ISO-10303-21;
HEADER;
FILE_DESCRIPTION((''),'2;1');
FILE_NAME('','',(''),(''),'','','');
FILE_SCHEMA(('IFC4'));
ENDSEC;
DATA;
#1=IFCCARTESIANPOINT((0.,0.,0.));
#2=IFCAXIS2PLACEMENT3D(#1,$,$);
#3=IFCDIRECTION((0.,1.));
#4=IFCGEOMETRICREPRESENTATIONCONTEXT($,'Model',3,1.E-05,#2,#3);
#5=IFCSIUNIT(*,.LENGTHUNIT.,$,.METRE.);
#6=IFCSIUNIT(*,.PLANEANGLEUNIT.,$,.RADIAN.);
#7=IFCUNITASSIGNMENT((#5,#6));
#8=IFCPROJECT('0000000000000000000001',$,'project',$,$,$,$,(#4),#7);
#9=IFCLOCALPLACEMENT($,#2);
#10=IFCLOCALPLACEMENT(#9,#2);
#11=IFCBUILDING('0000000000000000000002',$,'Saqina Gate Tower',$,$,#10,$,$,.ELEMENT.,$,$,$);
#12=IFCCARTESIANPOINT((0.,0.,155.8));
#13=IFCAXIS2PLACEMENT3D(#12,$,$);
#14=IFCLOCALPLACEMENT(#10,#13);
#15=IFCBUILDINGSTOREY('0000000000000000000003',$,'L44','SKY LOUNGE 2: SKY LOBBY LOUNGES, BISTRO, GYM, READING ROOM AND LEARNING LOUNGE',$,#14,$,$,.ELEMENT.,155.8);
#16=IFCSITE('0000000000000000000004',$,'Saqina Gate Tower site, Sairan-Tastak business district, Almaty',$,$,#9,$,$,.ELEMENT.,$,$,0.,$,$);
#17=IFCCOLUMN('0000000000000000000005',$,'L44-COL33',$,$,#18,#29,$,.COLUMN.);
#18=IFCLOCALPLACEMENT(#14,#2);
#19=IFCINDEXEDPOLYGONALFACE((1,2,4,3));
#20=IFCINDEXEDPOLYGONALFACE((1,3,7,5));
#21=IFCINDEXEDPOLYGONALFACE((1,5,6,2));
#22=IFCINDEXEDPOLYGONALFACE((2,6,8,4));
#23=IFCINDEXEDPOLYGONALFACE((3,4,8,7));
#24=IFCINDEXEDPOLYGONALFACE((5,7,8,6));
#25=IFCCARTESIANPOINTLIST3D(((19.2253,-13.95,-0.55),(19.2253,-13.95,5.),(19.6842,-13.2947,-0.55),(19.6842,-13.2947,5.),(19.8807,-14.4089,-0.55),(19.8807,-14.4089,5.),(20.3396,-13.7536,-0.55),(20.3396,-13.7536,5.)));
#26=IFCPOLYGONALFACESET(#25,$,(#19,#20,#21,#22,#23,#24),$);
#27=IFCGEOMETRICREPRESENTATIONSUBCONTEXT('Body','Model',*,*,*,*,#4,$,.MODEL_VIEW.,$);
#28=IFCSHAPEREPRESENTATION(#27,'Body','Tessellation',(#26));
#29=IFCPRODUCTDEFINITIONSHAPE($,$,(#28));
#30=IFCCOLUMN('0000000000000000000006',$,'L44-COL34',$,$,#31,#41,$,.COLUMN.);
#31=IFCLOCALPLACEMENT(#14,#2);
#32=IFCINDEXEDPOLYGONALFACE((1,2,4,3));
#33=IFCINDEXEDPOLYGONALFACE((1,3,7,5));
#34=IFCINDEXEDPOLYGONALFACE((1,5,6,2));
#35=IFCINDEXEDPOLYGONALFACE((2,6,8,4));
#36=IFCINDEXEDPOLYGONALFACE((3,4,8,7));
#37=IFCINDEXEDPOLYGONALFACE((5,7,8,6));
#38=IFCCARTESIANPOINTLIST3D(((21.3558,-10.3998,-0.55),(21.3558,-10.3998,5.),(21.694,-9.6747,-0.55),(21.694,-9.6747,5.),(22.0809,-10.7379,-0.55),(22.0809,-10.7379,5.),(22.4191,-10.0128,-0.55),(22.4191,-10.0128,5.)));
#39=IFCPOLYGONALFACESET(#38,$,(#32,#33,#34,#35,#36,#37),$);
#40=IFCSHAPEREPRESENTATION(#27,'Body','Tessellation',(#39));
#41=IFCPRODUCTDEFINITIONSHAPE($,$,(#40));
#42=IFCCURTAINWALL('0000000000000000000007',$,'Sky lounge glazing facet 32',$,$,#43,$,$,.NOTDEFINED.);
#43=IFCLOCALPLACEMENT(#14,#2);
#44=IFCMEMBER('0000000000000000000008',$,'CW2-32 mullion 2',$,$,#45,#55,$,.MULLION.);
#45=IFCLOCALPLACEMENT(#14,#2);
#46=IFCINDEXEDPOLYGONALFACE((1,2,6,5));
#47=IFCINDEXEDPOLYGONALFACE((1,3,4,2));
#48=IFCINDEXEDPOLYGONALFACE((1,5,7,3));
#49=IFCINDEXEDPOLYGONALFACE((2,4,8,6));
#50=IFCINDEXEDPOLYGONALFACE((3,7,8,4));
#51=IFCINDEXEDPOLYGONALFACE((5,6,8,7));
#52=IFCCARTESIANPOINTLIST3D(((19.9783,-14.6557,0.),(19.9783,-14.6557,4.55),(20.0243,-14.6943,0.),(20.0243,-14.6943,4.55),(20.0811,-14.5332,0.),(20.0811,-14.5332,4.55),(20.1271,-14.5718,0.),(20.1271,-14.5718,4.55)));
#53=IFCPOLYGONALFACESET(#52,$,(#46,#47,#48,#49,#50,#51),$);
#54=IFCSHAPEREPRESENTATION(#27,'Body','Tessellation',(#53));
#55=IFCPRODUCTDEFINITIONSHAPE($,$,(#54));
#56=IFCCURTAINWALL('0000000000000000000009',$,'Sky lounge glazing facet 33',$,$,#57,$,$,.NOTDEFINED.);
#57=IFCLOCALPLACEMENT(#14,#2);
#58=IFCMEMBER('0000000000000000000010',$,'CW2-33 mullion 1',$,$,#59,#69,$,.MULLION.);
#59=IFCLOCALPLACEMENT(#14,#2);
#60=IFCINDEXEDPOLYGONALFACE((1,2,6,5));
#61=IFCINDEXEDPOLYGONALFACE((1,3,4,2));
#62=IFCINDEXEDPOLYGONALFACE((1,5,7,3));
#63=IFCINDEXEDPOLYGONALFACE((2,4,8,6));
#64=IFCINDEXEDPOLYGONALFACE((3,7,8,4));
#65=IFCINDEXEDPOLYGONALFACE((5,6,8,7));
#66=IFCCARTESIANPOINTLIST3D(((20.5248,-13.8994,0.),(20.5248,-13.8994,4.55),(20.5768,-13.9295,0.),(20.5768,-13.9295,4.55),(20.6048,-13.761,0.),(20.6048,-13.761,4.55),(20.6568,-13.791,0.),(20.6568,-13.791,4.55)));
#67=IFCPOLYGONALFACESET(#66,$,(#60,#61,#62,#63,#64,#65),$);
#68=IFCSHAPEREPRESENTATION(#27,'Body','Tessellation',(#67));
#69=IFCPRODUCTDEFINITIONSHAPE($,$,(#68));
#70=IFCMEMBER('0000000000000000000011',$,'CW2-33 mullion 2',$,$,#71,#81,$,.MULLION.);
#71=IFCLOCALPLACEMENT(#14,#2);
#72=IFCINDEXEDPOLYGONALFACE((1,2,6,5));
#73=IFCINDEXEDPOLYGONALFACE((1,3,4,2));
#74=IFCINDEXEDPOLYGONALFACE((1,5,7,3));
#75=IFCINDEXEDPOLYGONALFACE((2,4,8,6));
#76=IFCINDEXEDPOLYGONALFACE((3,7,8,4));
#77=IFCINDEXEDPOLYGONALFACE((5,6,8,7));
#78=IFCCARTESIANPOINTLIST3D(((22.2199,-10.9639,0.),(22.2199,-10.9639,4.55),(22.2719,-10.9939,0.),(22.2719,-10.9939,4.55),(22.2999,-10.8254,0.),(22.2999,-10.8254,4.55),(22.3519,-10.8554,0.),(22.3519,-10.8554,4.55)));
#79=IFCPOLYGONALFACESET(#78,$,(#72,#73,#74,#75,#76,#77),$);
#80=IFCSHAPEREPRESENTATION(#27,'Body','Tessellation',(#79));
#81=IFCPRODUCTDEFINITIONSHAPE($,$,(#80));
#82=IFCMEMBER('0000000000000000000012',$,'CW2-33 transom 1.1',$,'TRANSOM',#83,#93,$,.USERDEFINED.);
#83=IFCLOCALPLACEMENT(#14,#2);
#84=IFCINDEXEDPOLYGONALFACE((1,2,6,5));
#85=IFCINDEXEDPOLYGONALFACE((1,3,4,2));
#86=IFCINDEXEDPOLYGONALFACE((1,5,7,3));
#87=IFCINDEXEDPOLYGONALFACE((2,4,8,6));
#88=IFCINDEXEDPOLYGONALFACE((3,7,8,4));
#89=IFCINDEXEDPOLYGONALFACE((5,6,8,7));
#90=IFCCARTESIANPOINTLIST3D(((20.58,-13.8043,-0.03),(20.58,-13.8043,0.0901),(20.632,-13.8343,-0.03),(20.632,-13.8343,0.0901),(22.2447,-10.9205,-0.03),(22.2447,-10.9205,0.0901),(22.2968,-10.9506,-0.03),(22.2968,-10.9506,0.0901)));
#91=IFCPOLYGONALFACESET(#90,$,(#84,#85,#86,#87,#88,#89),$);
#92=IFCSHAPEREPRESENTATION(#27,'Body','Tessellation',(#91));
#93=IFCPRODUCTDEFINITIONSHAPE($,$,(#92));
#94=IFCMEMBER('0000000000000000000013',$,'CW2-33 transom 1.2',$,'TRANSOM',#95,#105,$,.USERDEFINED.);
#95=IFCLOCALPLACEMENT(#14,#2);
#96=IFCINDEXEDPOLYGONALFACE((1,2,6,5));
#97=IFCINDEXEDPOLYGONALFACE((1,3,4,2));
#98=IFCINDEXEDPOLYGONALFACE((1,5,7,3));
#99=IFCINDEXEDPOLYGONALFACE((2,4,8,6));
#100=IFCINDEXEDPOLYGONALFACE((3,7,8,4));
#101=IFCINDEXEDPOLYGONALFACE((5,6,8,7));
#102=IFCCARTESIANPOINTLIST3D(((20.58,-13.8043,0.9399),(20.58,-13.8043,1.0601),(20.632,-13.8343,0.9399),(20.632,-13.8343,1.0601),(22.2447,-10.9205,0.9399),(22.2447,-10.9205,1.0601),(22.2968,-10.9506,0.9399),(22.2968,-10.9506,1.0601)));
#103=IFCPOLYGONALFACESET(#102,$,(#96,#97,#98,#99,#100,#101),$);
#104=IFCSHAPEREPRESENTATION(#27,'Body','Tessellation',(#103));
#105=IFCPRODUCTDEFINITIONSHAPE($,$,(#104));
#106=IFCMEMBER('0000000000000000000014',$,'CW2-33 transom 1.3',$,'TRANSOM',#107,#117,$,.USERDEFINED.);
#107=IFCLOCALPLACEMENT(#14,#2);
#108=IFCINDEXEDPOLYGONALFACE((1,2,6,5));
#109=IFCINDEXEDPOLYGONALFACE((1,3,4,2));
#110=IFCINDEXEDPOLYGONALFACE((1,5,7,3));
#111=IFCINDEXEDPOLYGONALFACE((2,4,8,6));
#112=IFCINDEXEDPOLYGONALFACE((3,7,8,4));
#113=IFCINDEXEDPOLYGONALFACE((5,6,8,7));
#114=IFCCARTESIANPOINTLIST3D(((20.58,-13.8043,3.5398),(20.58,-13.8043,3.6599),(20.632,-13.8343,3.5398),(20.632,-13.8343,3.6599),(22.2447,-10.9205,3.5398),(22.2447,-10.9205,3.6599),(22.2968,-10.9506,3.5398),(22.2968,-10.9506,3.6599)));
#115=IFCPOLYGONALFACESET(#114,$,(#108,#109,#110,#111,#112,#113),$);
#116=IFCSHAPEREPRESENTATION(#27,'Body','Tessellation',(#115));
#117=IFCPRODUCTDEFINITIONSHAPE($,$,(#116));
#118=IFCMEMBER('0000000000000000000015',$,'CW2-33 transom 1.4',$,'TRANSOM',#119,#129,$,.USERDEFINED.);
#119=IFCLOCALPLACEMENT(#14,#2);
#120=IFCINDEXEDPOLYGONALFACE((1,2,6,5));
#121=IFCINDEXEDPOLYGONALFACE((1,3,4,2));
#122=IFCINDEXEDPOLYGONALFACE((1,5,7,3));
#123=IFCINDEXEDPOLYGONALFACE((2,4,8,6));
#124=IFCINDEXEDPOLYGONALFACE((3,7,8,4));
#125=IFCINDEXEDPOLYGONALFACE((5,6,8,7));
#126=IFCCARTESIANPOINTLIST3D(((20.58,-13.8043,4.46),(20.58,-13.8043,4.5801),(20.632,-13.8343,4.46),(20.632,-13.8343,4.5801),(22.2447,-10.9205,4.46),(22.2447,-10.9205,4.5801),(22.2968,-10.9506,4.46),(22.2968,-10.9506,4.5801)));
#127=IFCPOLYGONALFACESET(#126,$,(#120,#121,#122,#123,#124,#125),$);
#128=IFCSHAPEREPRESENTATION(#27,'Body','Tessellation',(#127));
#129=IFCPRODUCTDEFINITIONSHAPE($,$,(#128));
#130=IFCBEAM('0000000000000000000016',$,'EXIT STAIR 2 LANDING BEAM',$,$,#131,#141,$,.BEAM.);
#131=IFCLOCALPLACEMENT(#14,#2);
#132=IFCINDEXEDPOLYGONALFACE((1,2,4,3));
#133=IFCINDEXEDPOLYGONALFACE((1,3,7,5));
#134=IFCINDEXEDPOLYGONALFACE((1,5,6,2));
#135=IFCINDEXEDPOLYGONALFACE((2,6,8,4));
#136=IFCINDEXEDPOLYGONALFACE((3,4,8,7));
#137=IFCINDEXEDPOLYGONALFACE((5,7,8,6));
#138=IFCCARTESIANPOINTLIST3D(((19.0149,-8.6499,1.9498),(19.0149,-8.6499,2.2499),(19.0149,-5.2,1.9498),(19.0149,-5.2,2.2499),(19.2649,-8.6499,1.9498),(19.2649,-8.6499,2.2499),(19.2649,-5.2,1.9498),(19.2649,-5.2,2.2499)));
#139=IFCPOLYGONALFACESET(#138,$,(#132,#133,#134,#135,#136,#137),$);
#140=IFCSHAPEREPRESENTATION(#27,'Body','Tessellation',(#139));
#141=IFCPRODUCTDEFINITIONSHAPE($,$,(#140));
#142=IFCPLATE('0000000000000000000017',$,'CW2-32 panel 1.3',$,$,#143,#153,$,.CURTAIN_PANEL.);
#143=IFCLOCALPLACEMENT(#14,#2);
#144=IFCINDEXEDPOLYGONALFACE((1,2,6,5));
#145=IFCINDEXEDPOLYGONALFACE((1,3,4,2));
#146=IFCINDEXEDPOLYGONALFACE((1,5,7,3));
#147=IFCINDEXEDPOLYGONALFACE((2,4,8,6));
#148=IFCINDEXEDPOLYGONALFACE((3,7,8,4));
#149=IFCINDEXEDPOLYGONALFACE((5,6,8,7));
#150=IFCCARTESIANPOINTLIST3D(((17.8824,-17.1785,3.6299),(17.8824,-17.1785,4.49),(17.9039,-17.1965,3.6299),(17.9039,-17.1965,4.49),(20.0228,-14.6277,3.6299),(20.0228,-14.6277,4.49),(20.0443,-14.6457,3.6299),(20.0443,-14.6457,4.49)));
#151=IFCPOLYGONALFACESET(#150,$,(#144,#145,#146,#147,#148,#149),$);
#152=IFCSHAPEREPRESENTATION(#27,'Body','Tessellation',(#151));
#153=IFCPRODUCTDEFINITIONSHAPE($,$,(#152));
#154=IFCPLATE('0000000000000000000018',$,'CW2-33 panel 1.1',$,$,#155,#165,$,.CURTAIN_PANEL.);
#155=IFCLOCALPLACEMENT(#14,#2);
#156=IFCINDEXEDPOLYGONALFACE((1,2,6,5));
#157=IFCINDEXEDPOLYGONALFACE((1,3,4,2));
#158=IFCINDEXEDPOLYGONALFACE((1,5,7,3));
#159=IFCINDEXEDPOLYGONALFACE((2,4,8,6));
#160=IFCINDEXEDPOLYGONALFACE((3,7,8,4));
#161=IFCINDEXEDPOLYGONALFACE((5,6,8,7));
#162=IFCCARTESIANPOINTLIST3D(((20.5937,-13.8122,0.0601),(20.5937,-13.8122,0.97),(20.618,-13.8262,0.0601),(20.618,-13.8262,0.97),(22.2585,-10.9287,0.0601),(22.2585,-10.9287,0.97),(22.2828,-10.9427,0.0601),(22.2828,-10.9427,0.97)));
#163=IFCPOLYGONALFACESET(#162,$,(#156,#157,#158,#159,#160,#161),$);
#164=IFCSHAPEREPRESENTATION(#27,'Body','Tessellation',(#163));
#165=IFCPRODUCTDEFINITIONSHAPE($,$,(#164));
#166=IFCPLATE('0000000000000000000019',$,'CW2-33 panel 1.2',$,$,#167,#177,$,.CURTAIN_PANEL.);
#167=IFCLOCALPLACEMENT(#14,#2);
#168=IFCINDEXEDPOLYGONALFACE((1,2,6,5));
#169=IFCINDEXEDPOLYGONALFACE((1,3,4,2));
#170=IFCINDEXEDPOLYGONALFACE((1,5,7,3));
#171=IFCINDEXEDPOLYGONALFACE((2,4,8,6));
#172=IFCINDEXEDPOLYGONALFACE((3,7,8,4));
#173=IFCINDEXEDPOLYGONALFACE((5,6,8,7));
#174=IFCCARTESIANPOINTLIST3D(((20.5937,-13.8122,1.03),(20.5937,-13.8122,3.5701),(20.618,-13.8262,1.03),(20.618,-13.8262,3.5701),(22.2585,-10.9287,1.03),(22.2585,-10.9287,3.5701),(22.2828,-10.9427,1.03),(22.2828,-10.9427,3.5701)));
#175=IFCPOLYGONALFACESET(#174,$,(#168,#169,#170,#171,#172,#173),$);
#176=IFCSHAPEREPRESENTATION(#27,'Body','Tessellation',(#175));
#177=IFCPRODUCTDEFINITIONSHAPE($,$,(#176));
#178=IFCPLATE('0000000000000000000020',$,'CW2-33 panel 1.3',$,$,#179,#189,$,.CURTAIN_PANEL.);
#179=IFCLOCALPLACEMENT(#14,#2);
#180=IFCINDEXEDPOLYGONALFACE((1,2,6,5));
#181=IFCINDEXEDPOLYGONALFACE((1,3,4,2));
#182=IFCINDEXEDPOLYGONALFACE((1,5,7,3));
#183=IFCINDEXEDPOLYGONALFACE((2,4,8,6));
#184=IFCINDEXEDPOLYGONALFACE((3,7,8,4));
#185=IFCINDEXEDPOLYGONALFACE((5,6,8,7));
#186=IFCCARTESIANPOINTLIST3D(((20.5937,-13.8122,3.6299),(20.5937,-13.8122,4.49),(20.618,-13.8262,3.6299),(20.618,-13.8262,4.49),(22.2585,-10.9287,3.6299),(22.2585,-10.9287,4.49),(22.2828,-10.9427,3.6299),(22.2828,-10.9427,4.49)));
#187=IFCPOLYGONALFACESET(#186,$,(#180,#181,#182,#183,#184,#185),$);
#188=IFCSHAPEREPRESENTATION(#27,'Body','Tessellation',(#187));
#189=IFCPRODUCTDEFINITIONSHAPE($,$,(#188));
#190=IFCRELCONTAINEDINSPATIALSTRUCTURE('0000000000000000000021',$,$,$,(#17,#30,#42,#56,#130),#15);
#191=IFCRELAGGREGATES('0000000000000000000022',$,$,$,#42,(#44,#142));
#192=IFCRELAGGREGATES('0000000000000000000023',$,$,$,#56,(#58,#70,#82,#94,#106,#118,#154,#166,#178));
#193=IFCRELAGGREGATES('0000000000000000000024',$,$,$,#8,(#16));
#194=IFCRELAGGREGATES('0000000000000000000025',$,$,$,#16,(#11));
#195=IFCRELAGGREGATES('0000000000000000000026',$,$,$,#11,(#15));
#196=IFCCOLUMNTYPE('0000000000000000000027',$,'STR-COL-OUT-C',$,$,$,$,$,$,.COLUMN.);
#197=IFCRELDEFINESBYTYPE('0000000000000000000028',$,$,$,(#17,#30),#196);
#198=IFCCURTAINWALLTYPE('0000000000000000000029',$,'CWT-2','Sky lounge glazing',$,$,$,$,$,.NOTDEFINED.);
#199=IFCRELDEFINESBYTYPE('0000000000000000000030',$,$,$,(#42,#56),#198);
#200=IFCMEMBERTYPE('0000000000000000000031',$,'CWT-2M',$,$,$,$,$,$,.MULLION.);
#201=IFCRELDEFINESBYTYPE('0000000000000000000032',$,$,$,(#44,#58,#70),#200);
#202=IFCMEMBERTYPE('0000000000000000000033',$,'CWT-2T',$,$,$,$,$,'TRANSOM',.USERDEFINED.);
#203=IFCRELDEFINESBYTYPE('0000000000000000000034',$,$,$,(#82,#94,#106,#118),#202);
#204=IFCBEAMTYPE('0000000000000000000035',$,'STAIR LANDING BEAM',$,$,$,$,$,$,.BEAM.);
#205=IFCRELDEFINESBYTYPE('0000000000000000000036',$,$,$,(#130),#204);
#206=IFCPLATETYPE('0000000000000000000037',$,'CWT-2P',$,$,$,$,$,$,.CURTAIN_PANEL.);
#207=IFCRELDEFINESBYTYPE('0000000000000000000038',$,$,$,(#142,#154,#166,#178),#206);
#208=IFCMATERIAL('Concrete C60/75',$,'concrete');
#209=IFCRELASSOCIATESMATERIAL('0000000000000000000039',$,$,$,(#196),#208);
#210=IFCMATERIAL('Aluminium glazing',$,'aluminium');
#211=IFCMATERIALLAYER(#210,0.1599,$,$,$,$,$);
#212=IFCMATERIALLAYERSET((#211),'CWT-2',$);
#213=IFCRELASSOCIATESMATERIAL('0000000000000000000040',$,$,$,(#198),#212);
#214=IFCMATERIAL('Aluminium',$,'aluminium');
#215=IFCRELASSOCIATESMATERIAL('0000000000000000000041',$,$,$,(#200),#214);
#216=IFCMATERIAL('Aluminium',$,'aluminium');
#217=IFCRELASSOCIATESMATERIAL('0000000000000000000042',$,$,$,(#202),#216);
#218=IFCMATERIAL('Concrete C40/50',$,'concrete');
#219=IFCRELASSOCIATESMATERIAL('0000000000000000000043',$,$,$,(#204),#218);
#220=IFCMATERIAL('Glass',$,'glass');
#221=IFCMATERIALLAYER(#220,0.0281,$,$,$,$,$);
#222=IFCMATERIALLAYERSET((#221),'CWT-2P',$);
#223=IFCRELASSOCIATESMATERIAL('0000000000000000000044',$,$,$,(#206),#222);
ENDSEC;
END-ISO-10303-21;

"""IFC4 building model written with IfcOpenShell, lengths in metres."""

from ifc_helpers import new_model, si_unit, direction, frame, origin, origin_2d, place, context, subcontext, project, spatial, rectangle, extrude, material, layer, layer_set, material_profile, profile_set, type_object, element, aggregate, save


model = new_model("IFC4")

# Units and contexts
model_context = context("Model", 3, precision=1e-05, world=origin(), true_north=direction((0.0, 1.0)))
body_context = subcontext(model_context, "Body", "Model", "MODEL_VIEW")
ifc_project = project(units=[si_unit("LENGTHUNIT", "METRE"), si_unit("PLANEANGLEUNIT", "RADIAN")], contexts=[model_context])

# Site, building, storey
site_placement = place(None, origin())
site = spatial("IfcSite", under=ifc_project, at=site_placement, Name="Saqina Gate Tower site, Sairan-Tastak business district, Almaty", CompositionType="ELEMENT", RefElevation=0.0)
building_placement = place(site_placement, origin())
building = spatial("IfcBuilding", under=site, at=building_placement, Name="Saqina Gate Tower", CompositionType="ELEMENT")
storey_placement = place(building_placement, frame((0.0, 0.0, 155.8)))
storey = spatial("IfcBuildingStorey", under=building, at=storey_placement, Name="L44", Description="SKY LOUNGE 2: SKY LOBBY LOUNGES, BISTRO, GYM, READING ROOM AND LEARNING LOUNGE", CompositionType="ELEMENT", Elevation=155.8)

# Columns
ifc_material_1 = material(Name="Concrete C60/75", Category="concrete")
ifc_material_profile_1 = material_profile(ifc_material_1, rectangle(XDim=0.8, YDim=0.8, at=origin_2d()), Name="RC 800x800")
ifc_profile_set_1 = profile_set([ifc_material_profile_1], Name="Concrete C60/75")
column_type = type_object("IfcColumnType", Name="STR-COL-OUT-C", PredefinedType="COLUMN", material=ifc_profile_set_1)
for number, where, z_axis, x_axis, name in (
    (1, (19.7825, -13.8518, -0.55), (0.0, 0.0, 1.0), (0.819152, -0.573576, 0.0), "L44-COL33"),
    (2, (21.8875, -10.2063, -0.55), (0.0, 0.0, 1.0), (0.906308, -0.422618, 0.0), "L44-COL34"),
):
    element("IfcColumn", number, at=place(storey_placement, frame(where, z_axis=z_axis, x_axis=x_axis)), inside=storey, type_object=column_type, Name=name, PredefinedType="COLUMN", context=body_context, shape_type="SweptSolid", body=[
        extrude(rectangle(XDim=0.8, YDim=0.8, at=origin_2d()), origin(), (0.0, 0.0, 1.0), 5.55),
    ])

# Curtain wall, member
ifc_material_2 = material(Name="Aluminium glazing", Category="aluminium")
ifc_layer_1 = layer(ifc_material_2, 0.1599)
ifc_layer_set_1 = layer_set([ifc_layer_1], Name="CWT-2")
curtain_wall_type = type_object("IfcCurtainWallType", Name="CWT-2", Description="Sky lounge glazing", PredefinedType="NOTDEFINED", material=ifc_layer_set_1)
curtain_wall_1_placement = place(storey_placement, origin())
curtain_wall_1 = element("IfcCurtainWall", 3, at=curtain_wall_1_placement, inside=storey, type_object=curtain_wall_type, Name="Sky lounge glazing facet 32", PredefinedType="NOTDEFINED")
ifc_material_3 = material(Name="Aluminium", Category="aluminium")
ifc_material_profile_2 = material_profile(ifc_material_3, rectangle(XDim=0.0601, YDim=0.1599, at=origin_2d()), Name="Aluminium 60x160")
ifc_profile_set_2 = profile_set([ifc_material_profile_2], Name="Aluminium")
member_type_1 = type_object("IfcMemberType", Name="CWT-2M", PredefinedType="MULLION", material=ifc_profile_set_2)
member_1_placement = place(storey_placement, frame((20.0527, -14.6138, 0.0), z_axis=(0.0, 0.0, 1.0), x_axis=(-0.766043, 0.64279, 0.0)))
member_1 = element("IfcMember", 4, at=member_1_placement, type_object=member_type_1, Name="CW2-32 mullion 2", PredefinedType="MULLION", context=body_context, shape_type="SweptSolid", body=[
    extrude(rectangle(XDim=0.0601, YDim=0.1599, at=origin_2d()), origin(), (0.0, 0.0, 1.0), 4.55),
])

# Curtain wall, members
curtain_wall_2_placement = place(storey_placement, origin())
curtain_wall_2 = element("IfcCurtainWall", 5, at=curtain_wall_2_placement, inside=storey, type_object=curtain_wall_type, Name="Sky lounge glazing facet 33", PredefinedType="NOTDEFINED")
member_2_placement = place(storey_placement, frame((20.5908, -13.8452, 0.0), z_axis=(0.0, 0.0, 1.0), x_axis=(-0.866017, 0.500014, 0.0)))
member_2 = element("IfcMember", 6, at=member_2_placement, type_object=member_type_1, Name="CW2-33 mullion 1", PredefinedType="MULLION", context=body_context, shape_type="SweptSolid", body=[
    extrude(rectangle(XDim=0.0601, YDim=0.1599, at=origin_2d()), origin(), (0.0, 0.0, 1.0), 4.55),
])
member_3_placement = place(storey_placement, frame((22.2859, -10.9097, 0.0), z_axis=(0.0, 0.0, 1.0), x_axis=(-0.866017, 0.500014, 0.0)))
member_3 = element("IfcMember", 7, at=member_3_placement, type_object=member_type_1, Name="CW2-33 mullion 2", PredefinedType="MULLION", context=body_context, shape_type="SweptSolid", body=[
    extrude(rectangle(XDim=0.0601, YDim=0.1599, at=origin_2d()), origin(), (0.0, 0.0, 1.0), 4.55),
])
ifc_material_4 = material(Name="Aluminium", Category="aluminium")
ifc_material_profile_3 = material_profile(ifc_material_4, rectangle(XDim=0.0601, YDim=0.1201, at=origin_2d()), Name="Aluminium 60x120")
ifc_profile_set_3 = profile_set([ifc_material_profile_3], Name="Aluminium")
member_type_2 = type_object("IfcMemberType", Name="CWT-2T", ElementType="TRANSOM", PredefinedType="USERDEFINED", material=ifc_profile_set_3)
member_4_placement = place(storey_placement, frame((20.606, -13.8193, 0.03), z_axis=(0.499964, 0.866046, 0.0), x_axis=(-0.866046, 0.499964, 0.0)))
member_4 = element("IfcMember", 8, at=member_4_placement, type_object=member_type_2, Name="CW2-33 transom 1.1", ObjectType="TRANSOM", PredefinedType="USERDEFINED", context=body_context, shape_type="SweptSolid", body=[
    extrude(rectangle(XDim=0.0601, YDim=0.1201, at=origin_2d()), origin(), (0.0, 0.0, 1.0), 3.3298),
])
member_5_placement = place(storey_placement, frame((20.606, -13.8193, 1.0), z_axis=(0.499964, 0.866046, 0.0), x_axis=(-0.866046, 0.499964, 0.0)))
member_5 = element("IfcMember", 9, at=member_5_placement, type_object=member_type_2, Name="CW2-33 transom 1.2", ObjectType="TRANSOM", PredefinedType="USERDEFINED", context=body_context, shape_type="SweptSolid", body=[
    extrude(rectangle(XDim=0.0601, YDim=0.1201, at=origin_2d()), origin(), (0.0, 0.0, 1.0), 3.3298),
])
member_6_placement = place(storey_placement, frame((20.606, -13.8193, 3.5999), z_axis=(0.499964, 0.866046, 0.0), x_axis=(-0.866046, 0.499964, 0.0)))
member_6 = element("IfcMember", 10, at=member_6_placement, type_object=member_type_2, Name="CW2-33 transom 1.3", ObjectType="TRANSOM", PredefinedType="USERDEFINED", context=body_context, shape_type="SweptSolid", body=[
    extrude(rectangle(XDim=0.0601, YDim=0.1201, at=origin_2d()), origin(), (0.0, 0.0, 1.0), 3.3298),
])
member_7_placement = place(storey_placement, frame((20.606, -13.8193, 4.52), z_axis=(0.499964, 0.866046, 0.0), x_axis=(-0.866046, 0.499964, 0.0)))
member_7 = element("IfcMember", 11, at=member_7_placement, type_object=member_type_2, Name="CW2-33 transom 1.4", ObjectType="TRANSOM", PredefinedType="USERDEFINED", context=body_context, shape_type="SweptSolid", body=[
    extrude(rectangle(XDim=0.0601, YDim=0.1201, at=origin_2d()), origin(), (0.0, 0.0, 1.0), 3.3298),
])

# Beam
ifc_material_5 = material(Name="Concrete C40/50", Category="concrete")
ifc_material_profile_4 = material_profile(ifc_material_5, rectangle(XDim=0.25, YDim=0.3, at=origin_2d()), Name="STAIR LANDING BEAM")
ifc_profile_set_4 = profile_set([ifc_material_profile_4], Name="Concrete C40/50")
beam_type = type_object("IfcBeamType", Name="STAIR LANDING BEAM", PredefinedType="BEAM", material=ifc_profile_set_4)
beam_placement = place(storey_placement, frame((19.1399, -8.6499, 2.0999), z_axis=(0.0, 1.0, 0.0), x_axis=(-1.0, 0.0, 0.0)))
element("IfcBeam", 12, at=beam_placement, inside=storey, type_object=beam_type, Name="EXIT STAIR 2 LANDING BEAM", PredefinedType="BEAM", context=body_context, shape_type="SweptSolid", body=[
    extrude(rectangle(XDim=0.25, YDim=0.3, at=origin_2d()), origin(), (0.0, 0.0, 1.0), 3.45),
])

# Plates
ifc_material_6 = material(Name="Glass", Category="glass")
ifc_layer_2 = layer(ifc_material_6, 0.0281)
ifc_layer_set_2 = layer_set([ifc_layer_2], Name="CWT-2P")
plate_type = type_object("IfcPlateType", Name="CWT-2P", PredefinedType="CURTAIN_PANEL", material=ifc_layer_set_2)
plate_1_placement = place(storey_placement, frame((18.9634, -15.9121, 3.6299), z_axis=(0.0, 0.0, 1.0), x_axis=(0.64279, 0.766043, 0.0)))
plate_1 = element("IfcPlate", 13, at=plate_1_placement, type_object=plate_type, Name="CW2-32 panel 1.3", PredefinedType="CURTAIN_PANEL", context=body_context, shape_type="SweptSolid", body=[
    extrude(rectangle(XDim=3.3298, YDim=0.0281, at=origin_2d()), origin(), (0.0, 0.0, 1.0), 0.8601),
])
aggregate(curtain_wall_1, [member_1, plate_1])
plate_2_placement = place(storey_placement, frame((21.4382, -12.3774, 0.0601), z_axis=(0.0, 0.0, 1.0), x_axis=(0.500014, 0.866017, 0.0)))
plate_2 = element("IfcPlate", 14, at=plate_2_placement, type_object=plate_type, Name="CW2-33 panel 1.1", PredefinedType="CURTAIN_PANEL", context=body_context, shape_type="SweptSolid", body=[
    extrude(rectangle(XDim=3.3296, YDim=0.0281, at=origin_2d()), origin(), (0.0, 0.0, 1.0), 0.9099),
])
plate_3_placement = place(storey_placement, frame((21.4382, -12.3774, 1.03), z_axis=(0.0, 0.0, 1.0), x_axis=(0.500014, 0.866017, 0.0)))
plate_3 = element("IfcPlate", 15, at=plate_3_placement, type_object=plate_type, Name="CW2-33 panel 1.2", PredefinedType="CURTAIN_PANEL", context=body_context, shape_type="SweptSolid", body=[
    extrude(rectangle(XDim=3.3296, YDim=0.0281, at=origin_2d()), origin(), (0.0, 0.0, 1.0), 2.54),
])
plate_4_placement = place(storey_placement, frame((21.4382, -12.3774, 3.6299), z_axis=(0.0, 0.0, 1.0), x_axis=(0.500014, 0.866017, 0.0)))
plate_4 = element("IfcPlate", 16, at=plate_4_placement, type_object=plate_type, Name="CW2-33 panel 1.3", PredefinedType="CURTAIN_PANEL", context=body_context, shape_type="SweptSolid", body=[
    extrude(rectangle(XDim=3.3296, YDim=0.0281, at=origin_2d()), origin(), (0.0, 0.0, 1.0), 0.8601),
])
aggregate(curtain_wall_2, [member_2, member_3, member_4, member_5, member_6, member_7, plate_2, plate_3, plate_4])

save(model, "model.ifc")
